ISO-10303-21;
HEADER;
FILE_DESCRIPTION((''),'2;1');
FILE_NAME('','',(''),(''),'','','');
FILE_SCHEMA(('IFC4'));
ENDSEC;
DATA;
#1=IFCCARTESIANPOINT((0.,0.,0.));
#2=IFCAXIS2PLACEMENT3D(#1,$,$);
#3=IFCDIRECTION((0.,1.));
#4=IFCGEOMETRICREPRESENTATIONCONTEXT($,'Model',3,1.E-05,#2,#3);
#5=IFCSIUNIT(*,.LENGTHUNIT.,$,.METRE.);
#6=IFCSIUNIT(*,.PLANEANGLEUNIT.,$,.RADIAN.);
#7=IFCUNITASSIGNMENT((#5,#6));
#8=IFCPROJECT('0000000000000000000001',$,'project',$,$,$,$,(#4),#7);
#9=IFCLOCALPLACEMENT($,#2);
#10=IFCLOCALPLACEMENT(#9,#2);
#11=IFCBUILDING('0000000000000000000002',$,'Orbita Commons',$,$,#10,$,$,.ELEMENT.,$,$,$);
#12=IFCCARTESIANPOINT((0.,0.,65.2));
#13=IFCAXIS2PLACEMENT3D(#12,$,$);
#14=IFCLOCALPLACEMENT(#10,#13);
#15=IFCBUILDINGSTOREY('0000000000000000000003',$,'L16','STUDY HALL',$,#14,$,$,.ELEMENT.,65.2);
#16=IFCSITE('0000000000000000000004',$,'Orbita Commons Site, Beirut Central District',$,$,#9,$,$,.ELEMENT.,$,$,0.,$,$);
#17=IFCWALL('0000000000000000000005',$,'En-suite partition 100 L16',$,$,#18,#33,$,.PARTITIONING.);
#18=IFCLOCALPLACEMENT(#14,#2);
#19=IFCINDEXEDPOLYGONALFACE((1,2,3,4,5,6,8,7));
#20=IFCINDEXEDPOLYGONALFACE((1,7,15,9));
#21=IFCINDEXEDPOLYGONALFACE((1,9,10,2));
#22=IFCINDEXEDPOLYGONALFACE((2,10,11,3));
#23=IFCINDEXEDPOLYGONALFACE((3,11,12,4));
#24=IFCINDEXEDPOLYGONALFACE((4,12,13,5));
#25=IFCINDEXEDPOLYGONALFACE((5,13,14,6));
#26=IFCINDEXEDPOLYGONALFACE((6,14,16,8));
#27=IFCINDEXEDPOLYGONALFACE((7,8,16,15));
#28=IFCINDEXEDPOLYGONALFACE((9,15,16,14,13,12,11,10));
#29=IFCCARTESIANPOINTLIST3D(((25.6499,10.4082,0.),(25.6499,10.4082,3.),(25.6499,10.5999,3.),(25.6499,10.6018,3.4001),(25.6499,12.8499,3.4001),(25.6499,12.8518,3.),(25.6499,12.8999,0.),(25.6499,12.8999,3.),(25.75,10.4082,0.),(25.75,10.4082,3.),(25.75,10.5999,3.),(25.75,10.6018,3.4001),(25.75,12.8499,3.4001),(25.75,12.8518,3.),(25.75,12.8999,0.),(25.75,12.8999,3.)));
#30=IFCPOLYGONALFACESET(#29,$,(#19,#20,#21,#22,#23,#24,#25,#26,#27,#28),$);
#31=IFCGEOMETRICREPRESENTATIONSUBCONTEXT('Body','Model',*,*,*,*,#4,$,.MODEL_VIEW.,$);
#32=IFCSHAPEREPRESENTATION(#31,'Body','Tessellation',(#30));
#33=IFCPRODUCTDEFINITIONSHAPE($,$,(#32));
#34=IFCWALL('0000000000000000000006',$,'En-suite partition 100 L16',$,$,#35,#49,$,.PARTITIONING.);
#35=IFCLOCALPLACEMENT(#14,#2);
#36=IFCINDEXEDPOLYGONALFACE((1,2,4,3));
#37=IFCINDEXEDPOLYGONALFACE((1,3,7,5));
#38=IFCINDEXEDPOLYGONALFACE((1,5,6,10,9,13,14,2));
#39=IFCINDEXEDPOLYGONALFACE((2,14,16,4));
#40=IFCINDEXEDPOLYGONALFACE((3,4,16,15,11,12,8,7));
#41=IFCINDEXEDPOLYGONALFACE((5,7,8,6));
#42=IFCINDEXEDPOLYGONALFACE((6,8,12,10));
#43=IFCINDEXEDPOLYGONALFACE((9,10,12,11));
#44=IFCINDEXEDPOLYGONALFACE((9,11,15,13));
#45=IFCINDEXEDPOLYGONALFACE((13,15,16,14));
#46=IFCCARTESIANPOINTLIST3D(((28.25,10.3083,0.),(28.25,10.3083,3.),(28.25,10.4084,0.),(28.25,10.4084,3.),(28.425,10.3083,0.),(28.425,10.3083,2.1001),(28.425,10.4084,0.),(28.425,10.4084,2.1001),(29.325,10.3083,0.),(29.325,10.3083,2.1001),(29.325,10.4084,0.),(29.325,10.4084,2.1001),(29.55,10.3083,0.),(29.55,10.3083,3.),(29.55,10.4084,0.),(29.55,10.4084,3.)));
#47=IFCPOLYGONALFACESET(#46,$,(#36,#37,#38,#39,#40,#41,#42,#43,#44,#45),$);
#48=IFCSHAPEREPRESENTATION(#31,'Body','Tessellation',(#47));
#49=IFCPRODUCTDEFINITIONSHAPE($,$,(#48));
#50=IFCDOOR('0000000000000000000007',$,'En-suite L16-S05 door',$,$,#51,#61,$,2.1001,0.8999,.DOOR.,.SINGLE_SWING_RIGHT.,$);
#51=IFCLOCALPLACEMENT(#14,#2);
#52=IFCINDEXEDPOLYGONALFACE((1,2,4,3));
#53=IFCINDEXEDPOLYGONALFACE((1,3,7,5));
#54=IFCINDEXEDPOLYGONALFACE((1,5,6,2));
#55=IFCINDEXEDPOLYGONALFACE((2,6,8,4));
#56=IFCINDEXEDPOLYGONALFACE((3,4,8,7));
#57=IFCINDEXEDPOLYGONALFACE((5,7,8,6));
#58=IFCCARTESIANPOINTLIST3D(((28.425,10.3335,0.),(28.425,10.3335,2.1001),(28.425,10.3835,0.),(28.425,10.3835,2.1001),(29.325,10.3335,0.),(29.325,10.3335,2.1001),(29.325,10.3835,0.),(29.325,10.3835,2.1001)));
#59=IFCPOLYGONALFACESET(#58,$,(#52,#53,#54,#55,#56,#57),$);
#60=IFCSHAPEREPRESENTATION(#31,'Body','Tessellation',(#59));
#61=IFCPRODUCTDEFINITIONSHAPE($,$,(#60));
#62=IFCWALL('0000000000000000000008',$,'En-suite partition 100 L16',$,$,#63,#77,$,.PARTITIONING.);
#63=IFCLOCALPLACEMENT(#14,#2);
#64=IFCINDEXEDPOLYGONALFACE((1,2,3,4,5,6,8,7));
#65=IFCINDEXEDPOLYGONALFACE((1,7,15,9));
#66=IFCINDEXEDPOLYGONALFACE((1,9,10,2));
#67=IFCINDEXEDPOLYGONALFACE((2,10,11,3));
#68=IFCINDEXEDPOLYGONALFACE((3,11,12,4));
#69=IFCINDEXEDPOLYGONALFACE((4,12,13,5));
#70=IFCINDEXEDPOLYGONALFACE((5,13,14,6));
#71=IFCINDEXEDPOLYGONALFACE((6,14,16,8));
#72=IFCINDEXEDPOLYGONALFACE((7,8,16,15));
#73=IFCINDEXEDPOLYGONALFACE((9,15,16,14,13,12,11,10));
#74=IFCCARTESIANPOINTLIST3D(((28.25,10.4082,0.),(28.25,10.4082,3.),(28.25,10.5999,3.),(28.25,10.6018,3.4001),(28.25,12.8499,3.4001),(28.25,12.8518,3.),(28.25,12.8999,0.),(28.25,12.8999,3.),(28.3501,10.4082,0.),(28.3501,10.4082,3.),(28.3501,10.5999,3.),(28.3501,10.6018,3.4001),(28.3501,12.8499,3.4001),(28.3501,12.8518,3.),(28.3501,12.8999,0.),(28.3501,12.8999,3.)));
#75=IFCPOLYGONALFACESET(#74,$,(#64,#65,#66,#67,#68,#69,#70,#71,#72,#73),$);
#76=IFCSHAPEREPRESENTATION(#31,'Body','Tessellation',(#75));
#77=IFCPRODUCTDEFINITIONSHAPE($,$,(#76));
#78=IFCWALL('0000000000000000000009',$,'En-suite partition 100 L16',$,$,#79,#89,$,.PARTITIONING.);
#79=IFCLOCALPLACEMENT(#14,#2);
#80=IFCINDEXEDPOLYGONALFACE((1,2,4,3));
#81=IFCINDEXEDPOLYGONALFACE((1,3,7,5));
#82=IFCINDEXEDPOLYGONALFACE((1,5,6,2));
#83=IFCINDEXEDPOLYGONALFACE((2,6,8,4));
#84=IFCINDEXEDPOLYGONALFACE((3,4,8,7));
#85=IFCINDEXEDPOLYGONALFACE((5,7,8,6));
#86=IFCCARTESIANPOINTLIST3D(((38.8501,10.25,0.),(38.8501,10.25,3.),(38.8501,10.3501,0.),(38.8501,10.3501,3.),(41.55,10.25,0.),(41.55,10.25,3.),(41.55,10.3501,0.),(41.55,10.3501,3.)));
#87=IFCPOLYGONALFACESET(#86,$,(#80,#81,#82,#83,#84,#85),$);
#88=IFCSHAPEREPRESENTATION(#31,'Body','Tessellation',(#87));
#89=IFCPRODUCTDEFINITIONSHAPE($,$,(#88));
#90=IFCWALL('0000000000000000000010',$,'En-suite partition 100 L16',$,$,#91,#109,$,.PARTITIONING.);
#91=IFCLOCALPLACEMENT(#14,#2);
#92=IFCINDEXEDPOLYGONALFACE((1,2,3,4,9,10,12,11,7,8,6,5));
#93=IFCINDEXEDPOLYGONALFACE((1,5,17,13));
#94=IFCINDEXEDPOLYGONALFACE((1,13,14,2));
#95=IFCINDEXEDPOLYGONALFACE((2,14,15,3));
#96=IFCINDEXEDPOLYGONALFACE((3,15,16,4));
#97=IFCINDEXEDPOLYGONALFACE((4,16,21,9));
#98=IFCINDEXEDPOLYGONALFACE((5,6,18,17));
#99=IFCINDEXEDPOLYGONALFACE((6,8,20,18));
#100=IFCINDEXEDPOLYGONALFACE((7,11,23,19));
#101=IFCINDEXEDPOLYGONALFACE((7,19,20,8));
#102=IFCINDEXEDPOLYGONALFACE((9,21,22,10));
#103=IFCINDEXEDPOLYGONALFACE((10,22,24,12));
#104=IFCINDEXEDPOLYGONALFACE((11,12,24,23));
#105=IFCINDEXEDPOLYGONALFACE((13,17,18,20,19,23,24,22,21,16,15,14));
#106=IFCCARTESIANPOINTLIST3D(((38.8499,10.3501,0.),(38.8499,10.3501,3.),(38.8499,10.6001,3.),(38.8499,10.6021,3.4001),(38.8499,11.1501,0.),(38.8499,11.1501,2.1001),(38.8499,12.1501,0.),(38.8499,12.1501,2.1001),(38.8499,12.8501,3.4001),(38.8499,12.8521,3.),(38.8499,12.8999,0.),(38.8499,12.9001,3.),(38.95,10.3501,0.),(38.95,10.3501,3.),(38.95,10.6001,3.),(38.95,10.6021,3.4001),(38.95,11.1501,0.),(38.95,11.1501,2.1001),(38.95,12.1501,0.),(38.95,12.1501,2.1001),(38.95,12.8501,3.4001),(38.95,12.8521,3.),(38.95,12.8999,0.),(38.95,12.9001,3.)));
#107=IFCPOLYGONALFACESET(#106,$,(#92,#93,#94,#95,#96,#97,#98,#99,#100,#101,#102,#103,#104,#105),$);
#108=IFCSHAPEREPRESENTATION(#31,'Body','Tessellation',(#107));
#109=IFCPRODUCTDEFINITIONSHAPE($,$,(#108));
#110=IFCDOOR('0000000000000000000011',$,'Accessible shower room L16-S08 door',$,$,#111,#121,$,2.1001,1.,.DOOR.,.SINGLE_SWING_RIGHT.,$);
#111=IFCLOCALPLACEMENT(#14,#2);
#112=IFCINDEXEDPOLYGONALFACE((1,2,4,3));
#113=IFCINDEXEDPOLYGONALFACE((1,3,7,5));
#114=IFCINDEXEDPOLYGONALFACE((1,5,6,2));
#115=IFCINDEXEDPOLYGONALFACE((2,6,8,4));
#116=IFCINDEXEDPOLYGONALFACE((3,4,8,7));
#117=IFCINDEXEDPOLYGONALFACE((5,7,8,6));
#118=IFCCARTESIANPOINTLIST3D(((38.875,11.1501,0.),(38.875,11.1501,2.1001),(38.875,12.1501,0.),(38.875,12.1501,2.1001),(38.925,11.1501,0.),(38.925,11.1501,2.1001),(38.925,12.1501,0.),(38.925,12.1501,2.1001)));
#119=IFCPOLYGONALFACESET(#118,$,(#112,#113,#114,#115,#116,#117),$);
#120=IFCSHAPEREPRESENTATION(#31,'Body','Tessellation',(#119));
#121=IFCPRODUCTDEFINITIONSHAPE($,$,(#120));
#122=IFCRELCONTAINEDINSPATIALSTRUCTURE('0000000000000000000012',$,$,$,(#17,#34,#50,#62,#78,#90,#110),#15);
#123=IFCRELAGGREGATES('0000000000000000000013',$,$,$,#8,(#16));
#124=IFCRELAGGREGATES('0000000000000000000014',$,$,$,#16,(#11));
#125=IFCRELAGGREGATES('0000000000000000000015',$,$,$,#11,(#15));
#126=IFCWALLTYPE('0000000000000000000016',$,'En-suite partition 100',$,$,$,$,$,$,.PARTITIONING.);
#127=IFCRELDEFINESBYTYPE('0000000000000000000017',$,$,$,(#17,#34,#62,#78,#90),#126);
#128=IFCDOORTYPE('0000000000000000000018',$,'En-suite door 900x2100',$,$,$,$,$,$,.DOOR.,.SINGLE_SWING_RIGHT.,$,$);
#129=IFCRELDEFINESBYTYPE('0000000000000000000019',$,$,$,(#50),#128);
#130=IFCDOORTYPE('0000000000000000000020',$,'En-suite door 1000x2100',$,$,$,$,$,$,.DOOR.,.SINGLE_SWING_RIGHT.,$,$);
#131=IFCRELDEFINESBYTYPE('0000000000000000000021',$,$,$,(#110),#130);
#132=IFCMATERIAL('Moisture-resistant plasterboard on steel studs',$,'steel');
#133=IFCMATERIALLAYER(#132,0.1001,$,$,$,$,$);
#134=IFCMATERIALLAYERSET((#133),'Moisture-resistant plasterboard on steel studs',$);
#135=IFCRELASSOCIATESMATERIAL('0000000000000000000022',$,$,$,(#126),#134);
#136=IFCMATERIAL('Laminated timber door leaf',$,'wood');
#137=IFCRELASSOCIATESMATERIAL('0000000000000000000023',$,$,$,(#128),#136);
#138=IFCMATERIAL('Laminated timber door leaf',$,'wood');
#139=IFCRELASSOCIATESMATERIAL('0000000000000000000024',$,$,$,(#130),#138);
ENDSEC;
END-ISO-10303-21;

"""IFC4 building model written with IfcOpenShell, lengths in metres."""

from ifc_helpers import new_model, si_unit, direction, frame, frame_2d, origin, place, context, subcontext, project, spatial, polyline, rectangle, outline, extrude, material, layer, layer_set, type_object, element, fill, save


model = new_model("IFC4")

# Units and contexts
model_context = context("Model", 3, precision=1e-05, world=origin(), true_north=direction((0.0, 1.0)))
body_context = subcontext(model_context, "Body", "Model", "MODEL_VIEW")
ifc_project = project(units=[si_unit("LENGTHUNIT", "METRE"), si_unit("PLANEANGLEUNIT", "RADIAN")], contexts=[model_context])

# Site, building, storey
site_placement = place(None, origin())
site = spatial("IfcSite", under=ifc_project, at=site_placement, Name="Orbita Commons Site, Beirut Central District", CompositionType="ELEMENT", RefElevation=0.0)
building_placement = place(site_placement, origin())
building = spatial("IfcBuilding", under=site, at=building_placement, Name="Orbita Commons", CompositionType="ELEMENT")
storey_placement = place(building_placement, frame((0.0, 0.0, 65.2)))
storey = spatial("IfcBuildingStorey", under=building, at=storey_placement, Name="L16", Description="STUDY HALL", CompositionType="ELEMENT", Elevation=65.2)

# Shared definitions
ifc_material_1 = material(Name="Moisture-resistant plasterboard on steel studs", Category="steel")
ifc_layer_1 = layer(ifc_material_1, 0.1001)
ifc_layer_set_1 = layer_set([ifc_layer_1], Name="Moisture-resistant plasterboard on steel studs")
wall_type_1 = type_object("IfcWallType", Name="En-suite partition 100", PredefinedType="PARTITIONING", material=ifc_layer_set_1)
ifc_material_2 = material(Name="Laminated timber door leaf", Category="wood")
door_type_1 = type_object("IfcDoorType", Name="En-suite door 900x2100", OperationType="SINGLE_SWING_RIGHT", PredefinedType="DOOR", material=ifc_material_2)

# Wall
wall_1_placement = place(storey_placement, frame((25.7, 10.4082, 0.0), z_axis=(0.0, 0.0, 1.0), x_axis=(0.0, 1.0, 0.0)))
element("IfcWall", 1, at=wall_1_placement, inside=storey, type_object=wall_type_1, Name="En-suite partition 100 L16", PredefinedType="PARTITIONING", context=body_context, shape_type="SweptSolid", body=[
    extrude(outline(polyline([(0.0, 0.0), (2.4917, 0.0), (2.4917, 3.0), (2.4436, 3.0), (2.4417, 3.4001), (0.1936, 3.4001), (0.1917, 3.0), (0.0, 3.0), (0.0, 0.0)])), frame((0.0, 0.05, 0.0), z_axis=(0.0, -1.0, 0.0), x_axis=(1.0, 0.0, 0.0)), (0.0, 0.0, 1.0), 0.1001),
])

# Wall, opening, door
wall_2_placement = place(storey_placement, frame((29.55, 10.3584, 0.0), z_axis=(0.0, 0.0, 1.0), x_axis=(-1.0, 0.0, 0.0)))
wall_2 = element("IfcWall", 2, at=wall_2_placement, inside=storey, type_object=wall_type_1, Name="En-suite partition 100 L16", PredefinedType="PARTITIONING", context=body_context, shape_type="SweptSolid", body=[
    extrude(outline(polyline([(0.0, 0.0), (1.3, 0.0), (1.3, 3.0), (0.0, 3.0), (0.0, 0.0)])), frame((0.0, 0.05, 0.0), z_axis=(0.0, -1.0, 0.0), x_axis=(1.0, 0.0, 0.0)), (0.0, 0.0, 1.0), 0.1001),
])
opening_1_placement = place(wall_2_placement, frame((0.2251, 0.0, 0.0)))
opening_1 = element("IfcOpeningElement", 3, at=opening_1_placement, cuts=wall_2, PredefinedType="OPENING", context=body_context, shape_type="SweptSolid", body=[
    extrude(rectangle(XDim=0.8999, YDim=2.1001, at=frame_2d((0.45, 1.05))), frame((0.0, 0.0601, 0.0), z_axis=(0.0, -1.0, 0.0), x_axis=(1.0, 0.0, 0.0)), (0.0, 0.0, 1.0), 0.1201),
])
door_1_placement = place(opening_1_placement, origin())
door_1 = element("IfcDoor", 4, at=door_1_placement, inside=storey, type_object=door_type_1, Name="En-suite L16-S05 door", OperationType="SINGLE_SWING_RIGHT", OverallHeight=2.1001, OverallWidth=0.8999, PredefinedType="DOOR", context=body_context, shape_type="SweptSolid", body=[
    extrude(rectangle(XDim=0.8999, YDim=2.1001, at=frame_2d((0.45, 1.05))), frame((0.0, 0.0249, 0.0), z_axis=(0.0, -1.0, 0.0), x_axis=(1.0, 0.0, 0.0)), (0.0, 0.0, 1.0), 0.05),
])
fill(opening_1, door_1)

# Walls
wall_3_placement = place(storey_placement, frame((28.3, 10.4082, 0.0), z_axis=(0.0, 0.0, 1.0), x_axis=(0.0, 1.0, 0.0)))
element("IfcWall", 5, at=wall_3_placement, inside=storey, type_object=wall_type_1, Name="En-suite partition 100 L16", PredefinedType="PARTITIONING", context=body_context, shape_type="SweptSolid", body=[
    extrude(outline(polyline([(0.0, 0.0), (2.4917, 0.0), (2.4917, 3.0), (2.4436, 3.0), (2.4417, 3.4001), (0.1936, 3.4001), (0.1917, 3.0), (0.0, 3.0), (0.0, 0.0)])), frame((0.0, 0.05, 0.0), z_axis=(0.0, -1.0, 0.0), x_axis=(1.0, 0.0, 0.0)), (0.0, 0.0, 1.0), 0.1001),
])
wall_4_placement = place(storey_placement, frame((38.8501, 10.3, 0.0), z_axis=(0.0, 0.0, 1.0), x_axis=(1.0, 0.0, 0.0)))
element("IfcWall", 6, at=wall_4_placement, inside=storey, type_object=wall_type_1, Name="En-suite partition 100 L16", PredefinedType="PARTITIONING", context=body_context, shape_type="SweptSolid", body=[
    extrude(outline(polyline([(0.0, 0.0), (2.7, 0.0), (2.7, 3.0), (0.0, 3.0), (0.0, 0.0)])), frame((0.0, 0.05, 0.0), z_axis=(0.0, -1.0, 0.0), x_axis=(1.0, 0.0, 0.0)), (0.0, 0.0, 1.0), 0.1001),
])

# Wall, opening, door
wall_5_placement = place(storey_placement, frame((38.8999, 10.3501, 0.0), z_axis=(0.0, 0.0, 1.0), x_axis=(0.0, 1.0, 0.0)))
wall_5 = element("IfcWall", 7, at=wall_5_placement, inside=storey, type_object=wall_type_1, Name="En-suite partition 100 L16", PredefinedType="PARTITIONING", context=body_context, shape_type="SweptSolid", body=[
    extrude(outline(polyline([(0.0, 0.0), (2.5498, 0.0), (2.55, 3.0), (2.502, 3.0), (2.5, 3.4001), (0.252, 3.4001), (0.25, 3.0), (0.0, 3.0), (0.0, 0.0)])), frame((0.0, 0.05, 0.0), z_axis=(0.0, -1.0, 0.0), x_axis=(1.0, 0.0, 0.0)), (0.0, 0.0, 1.0), 0.1001),
])
opening_2_placement = place(wall_5_placement, frame((0.8, 0.0, 0.0)))
opening_2 = element("IfcOpeningElement", 8, at=opening_2_placement, cuts=wall_5, PredefinedType="OPENING", context=body_context, shape_type="SweptSolid", body=[
    extrude(rectangle(XDim=1.0, YDim=2.1001, at=frame_2d((0.5, 1.05))), frame((0.0, 0.0601, 0.0), z_axis=(0.0, -1.0, 0.0), x_axis=(1.0, 0.0, 0.0)), (0.0, 0.0, 1.0), 0.1201),
])
ifc_material_3 = material(Name="Laminated timber door leaf", Category="wood")
door_type_2 = type_object("IfcDoorType", Name="En-suite door 1000x2100", OperationType="SINGLE_SWING_RIGHT", PredefinedType="DOOR", material=ifc_material_3)
door_2_placement = place(opening_2_placement, origin())
door_2 = element("IfcDoor", 9, at=door_2_placement, inside=storey, type_object=door_type_2, Name="Accessible shower room L16-S08 door", OperationType="SINGLE_SWING_RIGHT", OverallHeight=2.1001, OverallWidth=1.0, PredefinedType="DOOR", context=body_context, shape_type="SweptSolid", body=[
    extrude(rectangle(XDim=1.0, YDim=2.1001, at=frame_2d((0.5, 1.05))), frame((0.0, 0.0249, 0.0), z_axis=(0.0, -1.0, 0.0), x_axis=(1.0, 0.0, 0.0)), (0.0, 0.0, 1.0), 0.05),
])
fill(opening_2, door_2)

save(model, "model.ifc")
